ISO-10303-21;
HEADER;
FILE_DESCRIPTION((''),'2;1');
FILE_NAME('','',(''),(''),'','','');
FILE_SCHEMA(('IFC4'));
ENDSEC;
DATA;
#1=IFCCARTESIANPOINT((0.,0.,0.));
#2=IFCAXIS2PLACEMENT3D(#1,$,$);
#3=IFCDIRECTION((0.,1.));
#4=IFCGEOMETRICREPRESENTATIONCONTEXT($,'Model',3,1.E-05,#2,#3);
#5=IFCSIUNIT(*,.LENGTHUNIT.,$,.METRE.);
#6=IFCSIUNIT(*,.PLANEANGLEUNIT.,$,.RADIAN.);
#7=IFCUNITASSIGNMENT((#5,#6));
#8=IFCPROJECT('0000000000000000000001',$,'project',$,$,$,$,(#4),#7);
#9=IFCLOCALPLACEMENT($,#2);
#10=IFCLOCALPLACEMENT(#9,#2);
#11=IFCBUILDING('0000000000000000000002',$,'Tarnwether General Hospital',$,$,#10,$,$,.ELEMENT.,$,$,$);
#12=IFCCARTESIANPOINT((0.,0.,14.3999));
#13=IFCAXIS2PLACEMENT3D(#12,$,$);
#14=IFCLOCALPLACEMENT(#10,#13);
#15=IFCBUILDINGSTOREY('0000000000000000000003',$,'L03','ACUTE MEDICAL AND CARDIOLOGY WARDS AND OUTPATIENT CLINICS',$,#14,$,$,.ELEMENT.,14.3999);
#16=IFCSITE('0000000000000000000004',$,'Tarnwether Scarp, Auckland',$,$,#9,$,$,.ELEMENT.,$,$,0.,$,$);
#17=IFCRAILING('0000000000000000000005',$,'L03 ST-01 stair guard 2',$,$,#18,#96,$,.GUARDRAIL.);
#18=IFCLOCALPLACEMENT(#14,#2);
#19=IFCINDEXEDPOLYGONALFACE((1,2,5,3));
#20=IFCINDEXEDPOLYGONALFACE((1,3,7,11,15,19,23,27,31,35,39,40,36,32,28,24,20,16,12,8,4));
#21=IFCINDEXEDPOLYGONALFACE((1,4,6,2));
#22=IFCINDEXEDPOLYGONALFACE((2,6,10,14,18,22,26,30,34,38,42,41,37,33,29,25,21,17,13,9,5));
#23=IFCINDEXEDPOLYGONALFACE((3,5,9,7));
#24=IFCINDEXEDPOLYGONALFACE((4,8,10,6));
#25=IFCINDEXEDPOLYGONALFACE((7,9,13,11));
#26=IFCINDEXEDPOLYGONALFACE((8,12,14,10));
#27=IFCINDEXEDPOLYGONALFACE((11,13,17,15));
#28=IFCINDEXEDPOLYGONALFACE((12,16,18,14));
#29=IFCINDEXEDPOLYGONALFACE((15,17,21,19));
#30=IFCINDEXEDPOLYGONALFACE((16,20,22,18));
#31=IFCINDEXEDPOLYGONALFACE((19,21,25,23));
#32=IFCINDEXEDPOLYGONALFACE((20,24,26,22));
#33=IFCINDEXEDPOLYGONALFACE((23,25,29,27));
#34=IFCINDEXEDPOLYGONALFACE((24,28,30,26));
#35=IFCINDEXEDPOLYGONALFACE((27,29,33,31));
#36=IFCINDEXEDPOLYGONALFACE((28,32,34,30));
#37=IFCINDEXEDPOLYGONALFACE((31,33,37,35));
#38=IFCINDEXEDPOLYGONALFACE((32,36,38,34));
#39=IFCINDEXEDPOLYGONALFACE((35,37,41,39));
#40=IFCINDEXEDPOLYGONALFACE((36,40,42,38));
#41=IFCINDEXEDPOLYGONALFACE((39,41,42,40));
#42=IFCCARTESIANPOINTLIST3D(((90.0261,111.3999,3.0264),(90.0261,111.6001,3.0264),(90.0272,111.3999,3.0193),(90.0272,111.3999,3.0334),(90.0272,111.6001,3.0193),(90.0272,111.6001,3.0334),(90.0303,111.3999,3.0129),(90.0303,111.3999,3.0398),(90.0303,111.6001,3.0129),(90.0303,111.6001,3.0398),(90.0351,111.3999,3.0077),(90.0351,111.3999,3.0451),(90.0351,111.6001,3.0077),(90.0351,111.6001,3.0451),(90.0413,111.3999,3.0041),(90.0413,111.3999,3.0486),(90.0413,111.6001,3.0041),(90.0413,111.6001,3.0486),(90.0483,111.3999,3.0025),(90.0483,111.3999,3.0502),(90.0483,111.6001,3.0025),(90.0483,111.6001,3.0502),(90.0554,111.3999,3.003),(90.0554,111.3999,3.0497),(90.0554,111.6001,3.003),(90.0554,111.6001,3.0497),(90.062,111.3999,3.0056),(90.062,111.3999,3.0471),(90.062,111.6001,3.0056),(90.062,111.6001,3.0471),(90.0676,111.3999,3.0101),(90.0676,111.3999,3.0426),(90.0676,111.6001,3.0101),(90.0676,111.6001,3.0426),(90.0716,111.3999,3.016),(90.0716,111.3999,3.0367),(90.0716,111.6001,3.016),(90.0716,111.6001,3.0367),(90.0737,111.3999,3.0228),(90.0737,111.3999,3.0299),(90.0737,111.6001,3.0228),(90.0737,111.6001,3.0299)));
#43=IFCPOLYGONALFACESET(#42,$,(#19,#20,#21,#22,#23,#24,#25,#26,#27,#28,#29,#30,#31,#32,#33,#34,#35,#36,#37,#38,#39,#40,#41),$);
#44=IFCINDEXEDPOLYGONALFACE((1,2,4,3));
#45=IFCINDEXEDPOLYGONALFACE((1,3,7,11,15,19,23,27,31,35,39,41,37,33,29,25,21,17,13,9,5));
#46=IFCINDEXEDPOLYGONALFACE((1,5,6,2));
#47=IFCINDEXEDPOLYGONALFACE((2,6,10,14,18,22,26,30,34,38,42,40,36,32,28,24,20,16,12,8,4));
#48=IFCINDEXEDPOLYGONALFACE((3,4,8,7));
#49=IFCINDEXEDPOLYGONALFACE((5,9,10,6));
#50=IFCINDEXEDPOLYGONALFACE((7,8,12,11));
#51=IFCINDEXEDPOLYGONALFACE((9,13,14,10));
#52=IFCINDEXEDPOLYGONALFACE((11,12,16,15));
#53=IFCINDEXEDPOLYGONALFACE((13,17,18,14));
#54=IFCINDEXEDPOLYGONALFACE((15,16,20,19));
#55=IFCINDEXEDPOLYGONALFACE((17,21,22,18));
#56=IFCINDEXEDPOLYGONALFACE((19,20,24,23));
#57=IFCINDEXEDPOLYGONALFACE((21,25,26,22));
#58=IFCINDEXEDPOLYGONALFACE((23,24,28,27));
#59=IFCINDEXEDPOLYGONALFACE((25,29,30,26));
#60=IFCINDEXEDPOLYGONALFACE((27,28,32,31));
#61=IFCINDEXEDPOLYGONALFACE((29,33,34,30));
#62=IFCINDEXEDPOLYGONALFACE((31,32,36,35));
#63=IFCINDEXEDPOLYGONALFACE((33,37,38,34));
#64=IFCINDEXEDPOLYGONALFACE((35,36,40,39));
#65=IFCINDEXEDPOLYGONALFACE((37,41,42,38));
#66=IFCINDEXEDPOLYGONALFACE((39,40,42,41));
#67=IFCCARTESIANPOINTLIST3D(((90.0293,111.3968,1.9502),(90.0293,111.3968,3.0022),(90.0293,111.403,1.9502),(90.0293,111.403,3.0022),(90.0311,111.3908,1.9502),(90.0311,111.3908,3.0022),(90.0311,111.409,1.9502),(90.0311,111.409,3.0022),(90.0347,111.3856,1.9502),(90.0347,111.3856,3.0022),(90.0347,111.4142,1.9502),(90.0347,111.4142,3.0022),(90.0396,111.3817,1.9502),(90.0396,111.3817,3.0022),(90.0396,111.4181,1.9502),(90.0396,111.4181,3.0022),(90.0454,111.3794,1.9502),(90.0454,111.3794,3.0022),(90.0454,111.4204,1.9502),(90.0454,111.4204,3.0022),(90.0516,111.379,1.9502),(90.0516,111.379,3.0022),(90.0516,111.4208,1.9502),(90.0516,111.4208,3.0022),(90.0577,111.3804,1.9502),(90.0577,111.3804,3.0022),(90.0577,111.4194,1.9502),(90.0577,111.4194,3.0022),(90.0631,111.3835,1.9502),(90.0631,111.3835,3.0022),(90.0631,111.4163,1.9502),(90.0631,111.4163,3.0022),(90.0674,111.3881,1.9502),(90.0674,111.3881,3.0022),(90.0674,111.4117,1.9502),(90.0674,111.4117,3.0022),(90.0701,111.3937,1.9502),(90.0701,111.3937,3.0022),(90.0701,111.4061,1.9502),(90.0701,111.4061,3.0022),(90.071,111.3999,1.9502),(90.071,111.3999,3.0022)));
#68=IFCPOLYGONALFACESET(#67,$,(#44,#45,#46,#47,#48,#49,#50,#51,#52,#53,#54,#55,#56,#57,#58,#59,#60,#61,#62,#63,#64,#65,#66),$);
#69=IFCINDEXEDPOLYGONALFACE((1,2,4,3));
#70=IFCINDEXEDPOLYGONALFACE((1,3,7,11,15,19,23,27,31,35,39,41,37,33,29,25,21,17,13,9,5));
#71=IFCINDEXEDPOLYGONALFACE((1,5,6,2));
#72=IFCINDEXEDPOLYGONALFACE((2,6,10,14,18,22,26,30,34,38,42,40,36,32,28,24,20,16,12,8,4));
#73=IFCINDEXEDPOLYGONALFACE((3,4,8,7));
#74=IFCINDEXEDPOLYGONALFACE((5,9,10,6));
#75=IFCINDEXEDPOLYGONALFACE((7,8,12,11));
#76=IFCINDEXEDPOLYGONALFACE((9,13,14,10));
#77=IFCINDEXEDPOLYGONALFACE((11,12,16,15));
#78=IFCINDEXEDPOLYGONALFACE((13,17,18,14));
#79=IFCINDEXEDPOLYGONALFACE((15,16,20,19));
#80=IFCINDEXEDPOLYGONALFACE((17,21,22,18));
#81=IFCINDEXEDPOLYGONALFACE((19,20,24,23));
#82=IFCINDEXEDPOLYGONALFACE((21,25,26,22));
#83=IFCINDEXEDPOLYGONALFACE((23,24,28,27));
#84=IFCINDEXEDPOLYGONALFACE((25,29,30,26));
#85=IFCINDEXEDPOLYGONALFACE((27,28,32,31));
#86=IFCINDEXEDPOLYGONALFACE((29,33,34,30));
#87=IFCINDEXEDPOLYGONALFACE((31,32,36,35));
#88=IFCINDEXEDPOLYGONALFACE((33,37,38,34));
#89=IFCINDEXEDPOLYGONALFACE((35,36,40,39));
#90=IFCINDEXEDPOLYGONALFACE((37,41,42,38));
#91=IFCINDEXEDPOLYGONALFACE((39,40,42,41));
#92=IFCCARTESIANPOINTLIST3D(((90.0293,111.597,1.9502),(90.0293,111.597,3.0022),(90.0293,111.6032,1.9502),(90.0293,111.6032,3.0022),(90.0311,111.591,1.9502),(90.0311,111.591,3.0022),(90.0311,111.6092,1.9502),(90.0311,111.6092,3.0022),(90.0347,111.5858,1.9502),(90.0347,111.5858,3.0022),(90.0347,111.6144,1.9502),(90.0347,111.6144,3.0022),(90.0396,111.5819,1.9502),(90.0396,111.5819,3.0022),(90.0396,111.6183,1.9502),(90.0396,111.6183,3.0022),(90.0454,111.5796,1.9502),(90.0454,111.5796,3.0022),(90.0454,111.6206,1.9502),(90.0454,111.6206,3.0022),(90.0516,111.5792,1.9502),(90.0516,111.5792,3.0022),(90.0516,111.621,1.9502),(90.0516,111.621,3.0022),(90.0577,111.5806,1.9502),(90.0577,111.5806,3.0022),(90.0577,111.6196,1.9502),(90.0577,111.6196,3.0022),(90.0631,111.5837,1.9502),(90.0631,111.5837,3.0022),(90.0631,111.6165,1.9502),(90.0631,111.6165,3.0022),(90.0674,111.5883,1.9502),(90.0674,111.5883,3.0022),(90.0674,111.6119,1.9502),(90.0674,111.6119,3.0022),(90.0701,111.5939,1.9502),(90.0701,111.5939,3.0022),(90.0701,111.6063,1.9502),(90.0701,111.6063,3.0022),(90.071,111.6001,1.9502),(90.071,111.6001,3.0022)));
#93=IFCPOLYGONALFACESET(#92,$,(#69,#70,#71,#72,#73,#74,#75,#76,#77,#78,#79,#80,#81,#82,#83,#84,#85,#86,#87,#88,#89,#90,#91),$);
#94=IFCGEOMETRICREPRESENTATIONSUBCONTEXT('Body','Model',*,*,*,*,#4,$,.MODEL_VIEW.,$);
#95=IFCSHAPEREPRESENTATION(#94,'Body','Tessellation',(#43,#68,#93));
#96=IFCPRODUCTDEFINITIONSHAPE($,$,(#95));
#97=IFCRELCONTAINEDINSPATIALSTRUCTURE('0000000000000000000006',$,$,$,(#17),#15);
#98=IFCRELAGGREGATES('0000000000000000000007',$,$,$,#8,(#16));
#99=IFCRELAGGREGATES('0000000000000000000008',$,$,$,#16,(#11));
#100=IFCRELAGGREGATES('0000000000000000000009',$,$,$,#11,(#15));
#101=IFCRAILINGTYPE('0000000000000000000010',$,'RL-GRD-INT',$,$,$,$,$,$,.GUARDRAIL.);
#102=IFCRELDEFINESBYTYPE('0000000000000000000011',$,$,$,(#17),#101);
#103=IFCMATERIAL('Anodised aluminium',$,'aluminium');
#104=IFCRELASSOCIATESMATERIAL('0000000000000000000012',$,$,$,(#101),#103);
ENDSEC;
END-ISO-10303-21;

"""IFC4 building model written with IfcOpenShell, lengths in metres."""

from ifc_helpers import new_model, si_unit, direction, frame, origin, origin_2d, place, context, subcontext, project, spatial, circle, extrude, material, type_object, element, save


model = new_model("IFC4")

# Units and contexts
model_context = context("Model", 3, precision=1e-05, world=origin(), true_north=direction((0.0, 1.0)))
body_context = subcontext(model_context, "Body", "Model", "MODEL_VIEW")
ifc_project = project(units=[si_unit("LENGTHUNIT", "METRE"), si_unit("PLANEANGLEUNIT", "RADIAN")], contexts=[model_context])

# Site, building, storey
site_placement = place(None, origin())
site = spatial("IfcSite", under=ifc_project, at=site_placement, Name="Tarnwether Scarp, Auckland", CompositionType="ELEMENT", RefElevation=0.0)
building_placement = place(site_placement, origin())
building = spatial("IfcBuilding", under=site, at=building_placement, Name="Tarnwether General Hospital", CompositionType="ELEMENT")
storey_placement = place(building_placement, frame((0.0, 0.0, 14.3999)))
storey = spatial("IfcBuildingStorey", under=building, at=storey_placement, Name="L03", Description="ACUTE MEDICAL AND CARDIOLOGY WARDS AND OUTPATIENT CLINICS", CompositionType="ELEMENT", Elevation=14.3999)

# Railing
ifc_material_1 = material(Name="Anodised aluminium", Category="aluminium")
railing_type_1 = type_object("IfcRailingType", Name="RL-GRD-INT", PredefinedType="GUARDRAIL", material=ifc_material_1)
railing_1_placement = place(storey_placement, frame((90.05, 111.3999, 1.9502)))
element("IfcRailing", 1, at=railing_1_placement, inside=storey, type_object=railing_type_1, Name="L03 ST-01 stair guard 2", PredefinedType="GUARDRAIL", context=body_context, shape_type="SweptSolid", body=[
    extrude(circle(Radius=0.0239, at=origin_2d()), frame((0.0, 0.0, 1.0762), z_axis=(0.0, 1.0, 0.0), x_axis=(-1.0, 0.0, 0.0)), (0.0, 0.0, 1.0), 0.2002),
    extrude(circle(Radius=0.021, at=origin_2d()), origin(), (0.0, 0.0, 1.0), 1.052),
    extrude(circle(Radius=0.021, at=origin_2d()), frame((0.0, 0.2002, 0.0)), (0.0, 0.0, 1.0), 1.052),
])

save(model, "model.ifc")
